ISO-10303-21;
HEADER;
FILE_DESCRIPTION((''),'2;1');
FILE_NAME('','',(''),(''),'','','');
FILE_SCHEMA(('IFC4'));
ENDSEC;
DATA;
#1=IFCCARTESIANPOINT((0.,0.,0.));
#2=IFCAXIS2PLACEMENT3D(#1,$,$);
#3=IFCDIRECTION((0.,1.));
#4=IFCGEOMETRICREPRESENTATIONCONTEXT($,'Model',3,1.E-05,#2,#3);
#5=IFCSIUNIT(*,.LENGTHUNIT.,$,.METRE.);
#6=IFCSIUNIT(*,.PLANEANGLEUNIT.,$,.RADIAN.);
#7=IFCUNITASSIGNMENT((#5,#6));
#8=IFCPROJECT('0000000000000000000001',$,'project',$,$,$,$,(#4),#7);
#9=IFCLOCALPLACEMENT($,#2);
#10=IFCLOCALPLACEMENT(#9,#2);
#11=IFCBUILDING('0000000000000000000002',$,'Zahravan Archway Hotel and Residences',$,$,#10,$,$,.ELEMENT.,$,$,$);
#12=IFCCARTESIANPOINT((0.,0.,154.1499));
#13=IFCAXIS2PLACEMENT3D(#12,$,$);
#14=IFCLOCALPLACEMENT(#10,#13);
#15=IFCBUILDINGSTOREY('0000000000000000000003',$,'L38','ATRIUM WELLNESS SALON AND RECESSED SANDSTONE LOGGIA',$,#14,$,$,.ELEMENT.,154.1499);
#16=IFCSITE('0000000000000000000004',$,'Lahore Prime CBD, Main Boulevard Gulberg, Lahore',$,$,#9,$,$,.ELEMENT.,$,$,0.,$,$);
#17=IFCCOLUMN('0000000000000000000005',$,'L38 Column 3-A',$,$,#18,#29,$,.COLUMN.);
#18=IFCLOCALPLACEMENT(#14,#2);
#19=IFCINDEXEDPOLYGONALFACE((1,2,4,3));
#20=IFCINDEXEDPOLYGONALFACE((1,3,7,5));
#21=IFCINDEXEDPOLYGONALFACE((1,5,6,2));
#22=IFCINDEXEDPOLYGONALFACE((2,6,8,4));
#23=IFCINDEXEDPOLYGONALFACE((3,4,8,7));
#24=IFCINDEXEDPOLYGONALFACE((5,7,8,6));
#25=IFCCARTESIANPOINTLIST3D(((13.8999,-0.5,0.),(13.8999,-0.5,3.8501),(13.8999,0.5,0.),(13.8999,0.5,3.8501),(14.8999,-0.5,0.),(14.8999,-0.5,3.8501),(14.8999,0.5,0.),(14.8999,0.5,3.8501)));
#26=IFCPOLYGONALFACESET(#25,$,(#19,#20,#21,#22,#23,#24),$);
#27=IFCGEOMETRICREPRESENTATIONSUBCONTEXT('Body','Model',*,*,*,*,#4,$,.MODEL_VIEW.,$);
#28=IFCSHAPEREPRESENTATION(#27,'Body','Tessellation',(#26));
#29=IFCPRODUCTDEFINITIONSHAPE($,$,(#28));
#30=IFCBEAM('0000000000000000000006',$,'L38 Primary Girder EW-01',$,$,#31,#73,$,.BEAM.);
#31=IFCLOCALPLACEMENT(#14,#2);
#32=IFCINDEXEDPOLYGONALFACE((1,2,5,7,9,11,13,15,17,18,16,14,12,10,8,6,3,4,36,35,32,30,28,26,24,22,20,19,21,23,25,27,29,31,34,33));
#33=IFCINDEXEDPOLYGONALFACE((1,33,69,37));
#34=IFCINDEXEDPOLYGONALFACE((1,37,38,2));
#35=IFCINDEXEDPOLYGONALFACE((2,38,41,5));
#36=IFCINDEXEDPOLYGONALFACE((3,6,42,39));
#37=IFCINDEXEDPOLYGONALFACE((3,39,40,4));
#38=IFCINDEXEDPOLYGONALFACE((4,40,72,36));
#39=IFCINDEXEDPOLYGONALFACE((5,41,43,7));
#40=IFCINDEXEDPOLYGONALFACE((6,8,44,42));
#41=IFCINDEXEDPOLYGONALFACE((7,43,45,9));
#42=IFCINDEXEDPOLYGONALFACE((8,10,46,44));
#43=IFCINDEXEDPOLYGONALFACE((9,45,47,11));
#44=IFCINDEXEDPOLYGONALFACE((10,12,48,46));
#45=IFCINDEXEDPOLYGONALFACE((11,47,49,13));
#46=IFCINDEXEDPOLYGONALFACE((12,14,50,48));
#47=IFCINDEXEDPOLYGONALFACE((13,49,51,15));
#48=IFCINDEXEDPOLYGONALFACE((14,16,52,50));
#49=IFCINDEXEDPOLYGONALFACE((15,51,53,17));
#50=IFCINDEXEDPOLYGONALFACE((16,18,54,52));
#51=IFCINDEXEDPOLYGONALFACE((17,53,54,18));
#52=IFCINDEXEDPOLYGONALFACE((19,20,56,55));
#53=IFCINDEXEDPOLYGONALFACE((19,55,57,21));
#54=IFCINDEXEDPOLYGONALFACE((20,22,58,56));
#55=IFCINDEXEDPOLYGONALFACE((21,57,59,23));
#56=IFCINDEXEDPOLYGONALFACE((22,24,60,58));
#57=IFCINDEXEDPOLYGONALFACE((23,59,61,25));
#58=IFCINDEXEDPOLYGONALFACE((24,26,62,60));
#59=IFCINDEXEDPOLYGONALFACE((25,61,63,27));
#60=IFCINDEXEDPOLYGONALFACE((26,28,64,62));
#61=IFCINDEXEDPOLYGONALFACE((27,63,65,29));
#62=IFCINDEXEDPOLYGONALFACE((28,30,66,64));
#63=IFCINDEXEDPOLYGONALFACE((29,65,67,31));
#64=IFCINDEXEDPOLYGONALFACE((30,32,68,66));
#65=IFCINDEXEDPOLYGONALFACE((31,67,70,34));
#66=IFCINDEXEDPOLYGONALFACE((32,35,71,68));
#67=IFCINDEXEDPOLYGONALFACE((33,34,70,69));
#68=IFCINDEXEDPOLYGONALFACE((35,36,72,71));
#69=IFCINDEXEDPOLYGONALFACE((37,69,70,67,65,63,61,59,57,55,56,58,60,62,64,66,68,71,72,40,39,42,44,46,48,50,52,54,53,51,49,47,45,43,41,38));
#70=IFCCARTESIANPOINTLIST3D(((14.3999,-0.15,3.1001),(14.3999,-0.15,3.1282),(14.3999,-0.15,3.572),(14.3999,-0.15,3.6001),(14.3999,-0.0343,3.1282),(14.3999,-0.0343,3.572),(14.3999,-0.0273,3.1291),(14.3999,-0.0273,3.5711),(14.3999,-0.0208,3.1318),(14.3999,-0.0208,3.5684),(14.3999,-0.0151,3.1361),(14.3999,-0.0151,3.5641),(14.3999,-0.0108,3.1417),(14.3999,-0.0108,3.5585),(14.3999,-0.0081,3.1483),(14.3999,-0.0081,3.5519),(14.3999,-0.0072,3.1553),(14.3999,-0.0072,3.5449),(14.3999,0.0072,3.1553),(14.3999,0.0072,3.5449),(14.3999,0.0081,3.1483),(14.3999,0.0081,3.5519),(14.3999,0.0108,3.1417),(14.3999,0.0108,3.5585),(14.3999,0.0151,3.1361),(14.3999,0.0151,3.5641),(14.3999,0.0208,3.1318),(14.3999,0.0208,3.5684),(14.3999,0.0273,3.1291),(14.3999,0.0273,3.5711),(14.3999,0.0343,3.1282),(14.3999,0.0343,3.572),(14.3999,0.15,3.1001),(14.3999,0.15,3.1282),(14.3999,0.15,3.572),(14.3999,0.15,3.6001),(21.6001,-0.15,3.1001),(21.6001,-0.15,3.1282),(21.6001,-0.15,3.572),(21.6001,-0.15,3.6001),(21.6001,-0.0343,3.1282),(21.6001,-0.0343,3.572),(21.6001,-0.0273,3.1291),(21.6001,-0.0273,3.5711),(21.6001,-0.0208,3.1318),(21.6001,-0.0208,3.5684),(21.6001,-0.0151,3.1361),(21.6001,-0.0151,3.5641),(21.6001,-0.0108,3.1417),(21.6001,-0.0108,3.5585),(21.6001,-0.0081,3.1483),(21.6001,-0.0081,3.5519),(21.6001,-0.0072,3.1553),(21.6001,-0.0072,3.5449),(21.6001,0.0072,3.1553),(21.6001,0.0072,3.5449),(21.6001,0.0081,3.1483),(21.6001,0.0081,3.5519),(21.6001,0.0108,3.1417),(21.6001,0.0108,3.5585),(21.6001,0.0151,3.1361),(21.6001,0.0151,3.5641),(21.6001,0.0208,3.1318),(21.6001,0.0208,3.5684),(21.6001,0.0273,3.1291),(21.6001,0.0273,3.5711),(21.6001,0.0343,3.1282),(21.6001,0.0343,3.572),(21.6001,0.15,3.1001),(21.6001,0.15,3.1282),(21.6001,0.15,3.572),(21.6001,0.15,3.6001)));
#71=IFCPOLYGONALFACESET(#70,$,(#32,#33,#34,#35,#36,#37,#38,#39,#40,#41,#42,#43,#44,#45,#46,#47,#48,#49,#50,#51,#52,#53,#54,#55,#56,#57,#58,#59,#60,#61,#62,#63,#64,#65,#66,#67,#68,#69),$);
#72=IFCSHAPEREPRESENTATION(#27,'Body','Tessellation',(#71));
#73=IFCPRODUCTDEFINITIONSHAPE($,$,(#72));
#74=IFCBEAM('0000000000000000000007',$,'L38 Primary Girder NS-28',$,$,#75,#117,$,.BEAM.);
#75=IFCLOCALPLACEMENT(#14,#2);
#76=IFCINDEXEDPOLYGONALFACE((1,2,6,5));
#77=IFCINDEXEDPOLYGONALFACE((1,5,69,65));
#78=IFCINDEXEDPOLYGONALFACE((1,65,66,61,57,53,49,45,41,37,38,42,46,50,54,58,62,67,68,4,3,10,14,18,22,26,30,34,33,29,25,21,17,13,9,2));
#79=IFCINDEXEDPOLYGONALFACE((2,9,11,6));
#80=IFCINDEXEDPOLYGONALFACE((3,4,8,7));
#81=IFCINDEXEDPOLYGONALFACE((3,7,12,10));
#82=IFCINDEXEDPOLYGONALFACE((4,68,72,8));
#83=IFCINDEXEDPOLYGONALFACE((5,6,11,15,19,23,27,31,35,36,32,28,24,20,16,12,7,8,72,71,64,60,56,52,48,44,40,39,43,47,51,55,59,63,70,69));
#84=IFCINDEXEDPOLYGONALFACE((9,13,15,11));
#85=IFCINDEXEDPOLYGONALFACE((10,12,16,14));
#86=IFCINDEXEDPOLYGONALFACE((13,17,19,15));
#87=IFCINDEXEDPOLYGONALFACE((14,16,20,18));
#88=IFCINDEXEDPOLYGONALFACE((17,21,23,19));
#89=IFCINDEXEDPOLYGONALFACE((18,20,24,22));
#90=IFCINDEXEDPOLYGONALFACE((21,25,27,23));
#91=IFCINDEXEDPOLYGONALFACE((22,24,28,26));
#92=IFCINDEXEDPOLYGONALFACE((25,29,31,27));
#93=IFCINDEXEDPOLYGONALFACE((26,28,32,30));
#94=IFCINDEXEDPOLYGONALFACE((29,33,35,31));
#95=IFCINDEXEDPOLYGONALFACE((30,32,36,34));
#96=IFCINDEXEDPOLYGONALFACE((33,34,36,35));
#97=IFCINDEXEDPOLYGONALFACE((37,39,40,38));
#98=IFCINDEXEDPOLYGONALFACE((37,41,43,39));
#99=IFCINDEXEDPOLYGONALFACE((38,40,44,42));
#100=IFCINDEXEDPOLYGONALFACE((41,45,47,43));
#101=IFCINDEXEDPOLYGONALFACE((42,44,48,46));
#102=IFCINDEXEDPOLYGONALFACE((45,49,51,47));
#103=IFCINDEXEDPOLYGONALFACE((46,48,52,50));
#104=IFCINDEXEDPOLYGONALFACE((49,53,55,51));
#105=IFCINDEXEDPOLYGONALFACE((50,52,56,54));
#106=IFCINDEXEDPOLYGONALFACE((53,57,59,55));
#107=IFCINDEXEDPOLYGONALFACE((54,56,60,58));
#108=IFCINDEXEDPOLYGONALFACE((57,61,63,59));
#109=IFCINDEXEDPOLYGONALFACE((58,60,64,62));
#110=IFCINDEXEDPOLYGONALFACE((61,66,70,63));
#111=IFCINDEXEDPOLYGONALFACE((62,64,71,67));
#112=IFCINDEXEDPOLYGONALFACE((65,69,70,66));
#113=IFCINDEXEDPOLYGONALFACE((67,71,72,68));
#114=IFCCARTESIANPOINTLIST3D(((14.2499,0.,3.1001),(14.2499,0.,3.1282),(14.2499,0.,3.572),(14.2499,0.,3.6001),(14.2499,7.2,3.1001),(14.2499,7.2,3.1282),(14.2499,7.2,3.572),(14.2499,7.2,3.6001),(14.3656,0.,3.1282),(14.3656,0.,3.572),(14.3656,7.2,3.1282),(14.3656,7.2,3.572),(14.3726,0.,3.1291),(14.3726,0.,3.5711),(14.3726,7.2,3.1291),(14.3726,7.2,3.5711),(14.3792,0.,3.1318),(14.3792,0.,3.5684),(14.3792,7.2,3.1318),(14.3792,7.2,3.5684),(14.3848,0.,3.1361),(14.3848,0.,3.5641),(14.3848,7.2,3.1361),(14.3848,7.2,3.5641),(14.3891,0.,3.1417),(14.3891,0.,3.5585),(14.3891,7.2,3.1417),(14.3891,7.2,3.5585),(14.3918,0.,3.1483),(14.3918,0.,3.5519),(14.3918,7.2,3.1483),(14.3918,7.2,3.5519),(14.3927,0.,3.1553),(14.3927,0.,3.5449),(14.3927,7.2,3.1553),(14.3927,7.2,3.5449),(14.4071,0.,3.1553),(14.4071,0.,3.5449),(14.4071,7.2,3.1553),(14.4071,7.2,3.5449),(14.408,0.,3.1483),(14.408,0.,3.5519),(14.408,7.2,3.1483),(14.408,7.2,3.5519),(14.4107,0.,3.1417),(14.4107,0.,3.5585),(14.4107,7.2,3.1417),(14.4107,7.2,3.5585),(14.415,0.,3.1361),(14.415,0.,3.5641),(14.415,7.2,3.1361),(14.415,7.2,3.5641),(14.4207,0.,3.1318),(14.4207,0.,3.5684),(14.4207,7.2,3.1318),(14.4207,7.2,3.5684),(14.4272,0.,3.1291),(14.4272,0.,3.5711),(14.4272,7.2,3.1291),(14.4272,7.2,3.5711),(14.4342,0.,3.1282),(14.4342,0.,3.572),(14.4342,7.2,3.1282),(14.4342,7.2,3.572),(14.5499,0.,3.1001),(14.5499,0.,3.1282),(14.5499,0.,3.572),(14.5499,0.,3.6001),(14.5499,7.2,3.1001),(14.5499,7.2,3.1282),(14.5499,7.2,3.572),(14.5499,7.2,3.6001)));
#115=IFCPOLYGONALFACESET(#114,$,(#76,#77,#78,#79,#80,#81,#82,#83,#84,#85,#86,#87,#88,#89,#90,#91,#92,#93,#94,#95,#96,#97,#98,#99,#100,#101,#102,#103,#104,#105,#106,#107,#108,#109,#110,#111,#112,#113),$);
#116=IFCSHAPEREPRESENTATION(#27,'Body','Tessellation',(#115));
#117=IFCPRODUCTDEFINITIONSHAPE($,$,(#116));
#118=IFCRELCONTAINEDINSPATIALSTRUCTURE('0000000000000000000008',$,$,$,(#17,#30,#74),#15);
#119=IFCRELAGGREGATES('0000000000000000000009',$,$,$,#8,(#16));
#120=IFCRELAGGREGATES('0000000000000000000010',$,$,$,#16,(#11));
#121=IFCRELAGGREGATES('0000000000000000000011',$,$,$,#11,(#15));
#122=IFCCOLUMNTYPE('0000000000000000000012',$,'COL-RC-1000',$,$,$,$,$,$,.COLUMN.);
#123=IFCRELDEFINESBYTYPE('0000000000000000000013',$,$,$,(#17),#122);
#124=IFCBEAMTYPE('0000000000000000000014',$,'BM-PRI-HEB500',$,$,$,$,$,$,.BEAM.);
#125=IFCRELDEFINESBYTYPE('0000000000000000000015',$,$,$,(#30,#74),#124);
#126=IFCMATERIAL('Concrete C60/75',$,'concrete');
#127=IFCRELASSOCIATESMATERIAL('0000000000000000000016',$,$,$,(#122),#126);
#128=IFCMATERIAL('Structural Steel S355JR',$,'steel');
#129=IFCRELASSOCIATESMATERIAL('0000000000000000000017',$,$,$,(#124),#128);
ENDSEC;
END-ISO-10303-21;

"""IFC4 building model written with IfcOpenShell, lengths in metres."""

from ifc_helpers import new_model, si_unit, direction, frame, origin, origin_2d, place, context, subcontext, project, spatial, rectangle, i_section, extrude, source, transform, mapped, material, material_profile, profile_set, type_object, type_shapes, element, save


model = new_model("IFC4")

# Units and contexts
model_context = context("Model", 3, precision=1e-05, world=origin(), true_north=direction((0.0, 1.0)))
body_context = subcontext(model_context, "Body", "Model", "MODEL_VIEW")
ifc_project = project(units=[si_unit("LENGTHUNIT", "METRE"), si_unit("PLANEANGLEUNIT", "RADIAN")], contexts=[model_context])

# Site, building, storey
site_placement = place(None, origin())
site = spatial("IfcSite", under=ifc_project, at=site_placement, Name="Lahore Prime CBD, Main Boulevard Gulberg, Lahore", CompositionType="ELEMENT", RefElevation=0.0)
building_placement = place(site_placement, origin())
building = spatial("IfcBuilding", under=site, at=building_placement, Name="Zahravan Archway Hotel and Residences", CompositionType="ELEMENT")
storey_placement = place(building_placement, frame((0.0, 0.0, 154.1499)))
storey = spatial("IfcBuildingStorey", under=building, at=storey_placement, Name="L38", Description="ATRIUM WELLNESS SALON AND RECESSED SANDSTONE LOGGIA", CompositionType="ELEMENT", Elevation=154.1499)

# Column
ifc_material_1 = material(Name="Concrete C60/75", Category="concrete")
ifc_material_profile_1 = material_profile(ifc_material_1, rectangle(XDim=1.0, YDim=1.0, at=origin_2d()), Name="RC-COL-1000x1000", Category="concrete")
ifc_profile_set_1 = profile_set([ifc_material_profile_1], Name="Concrete C60/75")
column_type = type_object("IfcColumnType", Name="COL-RC-1000", PredefinedType="COLUMN", material=ifc_profile_set_1)
shared_shape_1 = source(origin(), body_context, "Body", "SweptSolid", [
    extrude(rectangle(XDim=1.0, YDim=1.0, at=origin_2d()), origin(), (0.0, 0.0, 1.0), 3.8501),
])
column_placement = place(storey_placement, frame((14.3999, 0.0, 0.0), z_axis=(0.0, 0.0, 1.0), x_axis=(1.0, 0.0, 0.0)))
element("IfcColumn", 1, at=column_placement, inside=storey, type_object=column_type, Name="L38 Column 3-A", PredefinedType="COLUMN", context=body_context, shape_type="MappedRepresentation", body=[
    mapped(shared_shape_1, transform((0.0, 0.0, 0.0), scale=1.0)),
])

# Beams
ifc_material_2 = material(Name="Structural Steel S355JR", Category="steel")
ifc_material_profile_2 = material_profile(ifc_material_2, i_section(OverallWidth=0.3, OverallDepth=0.5, WebThickness=0.0144, FlangeThickness=0.0281, FilletRadius=0.0271, at=origin_2d()), Name="HEB 500", Category="steel")
ifc_profile_set_2 = profile_set([ifc_material_profile_2], Name="Structural Steel S355JR")
beam_type = type_object("IfcBeamType", Name="BM-PRI-HEB500", PredefinedType="BEAM", material=ifc_profile_set_2)
shared_shape_2 = source(origin(), body_context, "Body", "SweptSolid", [
    extrude(i_section(OverallWidth=0.3, OverallDepth=0.5, WebThickness=0.0144, FlangeThickness=0.0281, FilletRadius=0.0271, at=origin_2d()), origin(), (0.0, 0.0, 1.0), 7.2002),
])
type_shapes(beam_type, [shared_shape_2])
beam_1_placement = place(storey_placement, frame((14.3999, 0.0, 3.3501), z_axis=(1.0, 0.0, 0.0), x_axis=(0.0, 1.0, 0.0)))
element("IfcBeam", 2, at=beam_1_placement, inside=storey, type_object=beam_type, Name="L38 Primary Girder EW-01", PredefinedType="BEAM", context=body_context, shape_type="MappedRepresentation", body=[
    mapped(shared_shape_2, transform((0.0, 0.0, 0.0), scale=1.0)),
])
shared_shape_3 = source(origin(), body_context, "Body", "SweptSolid", [
    extrude(i_section(OverallWidth=0.3, OverallDepth=0.5, WebThickness=0.0144, FlangeThickness=0.0281, FilletRadius=0.0271, at=origin_2d()), origin(), (0.0, 0.0, 1.0), 7.2),
])
beam_2_placement = place(storey_placement, frame((14.3999, 0.0, 3.3501), z_axis=(0.0, 1.0, 0.0), x_axis=(-1.0, 0.0, 0.0)))
element("IfcBeam", 3, at=beam_2_placement, inside=storey, type_object=beam_type, Name="L38 Primary Girder NS-28", PredefinedType="BEAM", context=body_context, shape_type="MappedRepresentation", body=[
    mapped(shared_shape_3, transform((0.0, 0.0, 0.0), scale=1.0)),
])

save(model, "model.ifc")
